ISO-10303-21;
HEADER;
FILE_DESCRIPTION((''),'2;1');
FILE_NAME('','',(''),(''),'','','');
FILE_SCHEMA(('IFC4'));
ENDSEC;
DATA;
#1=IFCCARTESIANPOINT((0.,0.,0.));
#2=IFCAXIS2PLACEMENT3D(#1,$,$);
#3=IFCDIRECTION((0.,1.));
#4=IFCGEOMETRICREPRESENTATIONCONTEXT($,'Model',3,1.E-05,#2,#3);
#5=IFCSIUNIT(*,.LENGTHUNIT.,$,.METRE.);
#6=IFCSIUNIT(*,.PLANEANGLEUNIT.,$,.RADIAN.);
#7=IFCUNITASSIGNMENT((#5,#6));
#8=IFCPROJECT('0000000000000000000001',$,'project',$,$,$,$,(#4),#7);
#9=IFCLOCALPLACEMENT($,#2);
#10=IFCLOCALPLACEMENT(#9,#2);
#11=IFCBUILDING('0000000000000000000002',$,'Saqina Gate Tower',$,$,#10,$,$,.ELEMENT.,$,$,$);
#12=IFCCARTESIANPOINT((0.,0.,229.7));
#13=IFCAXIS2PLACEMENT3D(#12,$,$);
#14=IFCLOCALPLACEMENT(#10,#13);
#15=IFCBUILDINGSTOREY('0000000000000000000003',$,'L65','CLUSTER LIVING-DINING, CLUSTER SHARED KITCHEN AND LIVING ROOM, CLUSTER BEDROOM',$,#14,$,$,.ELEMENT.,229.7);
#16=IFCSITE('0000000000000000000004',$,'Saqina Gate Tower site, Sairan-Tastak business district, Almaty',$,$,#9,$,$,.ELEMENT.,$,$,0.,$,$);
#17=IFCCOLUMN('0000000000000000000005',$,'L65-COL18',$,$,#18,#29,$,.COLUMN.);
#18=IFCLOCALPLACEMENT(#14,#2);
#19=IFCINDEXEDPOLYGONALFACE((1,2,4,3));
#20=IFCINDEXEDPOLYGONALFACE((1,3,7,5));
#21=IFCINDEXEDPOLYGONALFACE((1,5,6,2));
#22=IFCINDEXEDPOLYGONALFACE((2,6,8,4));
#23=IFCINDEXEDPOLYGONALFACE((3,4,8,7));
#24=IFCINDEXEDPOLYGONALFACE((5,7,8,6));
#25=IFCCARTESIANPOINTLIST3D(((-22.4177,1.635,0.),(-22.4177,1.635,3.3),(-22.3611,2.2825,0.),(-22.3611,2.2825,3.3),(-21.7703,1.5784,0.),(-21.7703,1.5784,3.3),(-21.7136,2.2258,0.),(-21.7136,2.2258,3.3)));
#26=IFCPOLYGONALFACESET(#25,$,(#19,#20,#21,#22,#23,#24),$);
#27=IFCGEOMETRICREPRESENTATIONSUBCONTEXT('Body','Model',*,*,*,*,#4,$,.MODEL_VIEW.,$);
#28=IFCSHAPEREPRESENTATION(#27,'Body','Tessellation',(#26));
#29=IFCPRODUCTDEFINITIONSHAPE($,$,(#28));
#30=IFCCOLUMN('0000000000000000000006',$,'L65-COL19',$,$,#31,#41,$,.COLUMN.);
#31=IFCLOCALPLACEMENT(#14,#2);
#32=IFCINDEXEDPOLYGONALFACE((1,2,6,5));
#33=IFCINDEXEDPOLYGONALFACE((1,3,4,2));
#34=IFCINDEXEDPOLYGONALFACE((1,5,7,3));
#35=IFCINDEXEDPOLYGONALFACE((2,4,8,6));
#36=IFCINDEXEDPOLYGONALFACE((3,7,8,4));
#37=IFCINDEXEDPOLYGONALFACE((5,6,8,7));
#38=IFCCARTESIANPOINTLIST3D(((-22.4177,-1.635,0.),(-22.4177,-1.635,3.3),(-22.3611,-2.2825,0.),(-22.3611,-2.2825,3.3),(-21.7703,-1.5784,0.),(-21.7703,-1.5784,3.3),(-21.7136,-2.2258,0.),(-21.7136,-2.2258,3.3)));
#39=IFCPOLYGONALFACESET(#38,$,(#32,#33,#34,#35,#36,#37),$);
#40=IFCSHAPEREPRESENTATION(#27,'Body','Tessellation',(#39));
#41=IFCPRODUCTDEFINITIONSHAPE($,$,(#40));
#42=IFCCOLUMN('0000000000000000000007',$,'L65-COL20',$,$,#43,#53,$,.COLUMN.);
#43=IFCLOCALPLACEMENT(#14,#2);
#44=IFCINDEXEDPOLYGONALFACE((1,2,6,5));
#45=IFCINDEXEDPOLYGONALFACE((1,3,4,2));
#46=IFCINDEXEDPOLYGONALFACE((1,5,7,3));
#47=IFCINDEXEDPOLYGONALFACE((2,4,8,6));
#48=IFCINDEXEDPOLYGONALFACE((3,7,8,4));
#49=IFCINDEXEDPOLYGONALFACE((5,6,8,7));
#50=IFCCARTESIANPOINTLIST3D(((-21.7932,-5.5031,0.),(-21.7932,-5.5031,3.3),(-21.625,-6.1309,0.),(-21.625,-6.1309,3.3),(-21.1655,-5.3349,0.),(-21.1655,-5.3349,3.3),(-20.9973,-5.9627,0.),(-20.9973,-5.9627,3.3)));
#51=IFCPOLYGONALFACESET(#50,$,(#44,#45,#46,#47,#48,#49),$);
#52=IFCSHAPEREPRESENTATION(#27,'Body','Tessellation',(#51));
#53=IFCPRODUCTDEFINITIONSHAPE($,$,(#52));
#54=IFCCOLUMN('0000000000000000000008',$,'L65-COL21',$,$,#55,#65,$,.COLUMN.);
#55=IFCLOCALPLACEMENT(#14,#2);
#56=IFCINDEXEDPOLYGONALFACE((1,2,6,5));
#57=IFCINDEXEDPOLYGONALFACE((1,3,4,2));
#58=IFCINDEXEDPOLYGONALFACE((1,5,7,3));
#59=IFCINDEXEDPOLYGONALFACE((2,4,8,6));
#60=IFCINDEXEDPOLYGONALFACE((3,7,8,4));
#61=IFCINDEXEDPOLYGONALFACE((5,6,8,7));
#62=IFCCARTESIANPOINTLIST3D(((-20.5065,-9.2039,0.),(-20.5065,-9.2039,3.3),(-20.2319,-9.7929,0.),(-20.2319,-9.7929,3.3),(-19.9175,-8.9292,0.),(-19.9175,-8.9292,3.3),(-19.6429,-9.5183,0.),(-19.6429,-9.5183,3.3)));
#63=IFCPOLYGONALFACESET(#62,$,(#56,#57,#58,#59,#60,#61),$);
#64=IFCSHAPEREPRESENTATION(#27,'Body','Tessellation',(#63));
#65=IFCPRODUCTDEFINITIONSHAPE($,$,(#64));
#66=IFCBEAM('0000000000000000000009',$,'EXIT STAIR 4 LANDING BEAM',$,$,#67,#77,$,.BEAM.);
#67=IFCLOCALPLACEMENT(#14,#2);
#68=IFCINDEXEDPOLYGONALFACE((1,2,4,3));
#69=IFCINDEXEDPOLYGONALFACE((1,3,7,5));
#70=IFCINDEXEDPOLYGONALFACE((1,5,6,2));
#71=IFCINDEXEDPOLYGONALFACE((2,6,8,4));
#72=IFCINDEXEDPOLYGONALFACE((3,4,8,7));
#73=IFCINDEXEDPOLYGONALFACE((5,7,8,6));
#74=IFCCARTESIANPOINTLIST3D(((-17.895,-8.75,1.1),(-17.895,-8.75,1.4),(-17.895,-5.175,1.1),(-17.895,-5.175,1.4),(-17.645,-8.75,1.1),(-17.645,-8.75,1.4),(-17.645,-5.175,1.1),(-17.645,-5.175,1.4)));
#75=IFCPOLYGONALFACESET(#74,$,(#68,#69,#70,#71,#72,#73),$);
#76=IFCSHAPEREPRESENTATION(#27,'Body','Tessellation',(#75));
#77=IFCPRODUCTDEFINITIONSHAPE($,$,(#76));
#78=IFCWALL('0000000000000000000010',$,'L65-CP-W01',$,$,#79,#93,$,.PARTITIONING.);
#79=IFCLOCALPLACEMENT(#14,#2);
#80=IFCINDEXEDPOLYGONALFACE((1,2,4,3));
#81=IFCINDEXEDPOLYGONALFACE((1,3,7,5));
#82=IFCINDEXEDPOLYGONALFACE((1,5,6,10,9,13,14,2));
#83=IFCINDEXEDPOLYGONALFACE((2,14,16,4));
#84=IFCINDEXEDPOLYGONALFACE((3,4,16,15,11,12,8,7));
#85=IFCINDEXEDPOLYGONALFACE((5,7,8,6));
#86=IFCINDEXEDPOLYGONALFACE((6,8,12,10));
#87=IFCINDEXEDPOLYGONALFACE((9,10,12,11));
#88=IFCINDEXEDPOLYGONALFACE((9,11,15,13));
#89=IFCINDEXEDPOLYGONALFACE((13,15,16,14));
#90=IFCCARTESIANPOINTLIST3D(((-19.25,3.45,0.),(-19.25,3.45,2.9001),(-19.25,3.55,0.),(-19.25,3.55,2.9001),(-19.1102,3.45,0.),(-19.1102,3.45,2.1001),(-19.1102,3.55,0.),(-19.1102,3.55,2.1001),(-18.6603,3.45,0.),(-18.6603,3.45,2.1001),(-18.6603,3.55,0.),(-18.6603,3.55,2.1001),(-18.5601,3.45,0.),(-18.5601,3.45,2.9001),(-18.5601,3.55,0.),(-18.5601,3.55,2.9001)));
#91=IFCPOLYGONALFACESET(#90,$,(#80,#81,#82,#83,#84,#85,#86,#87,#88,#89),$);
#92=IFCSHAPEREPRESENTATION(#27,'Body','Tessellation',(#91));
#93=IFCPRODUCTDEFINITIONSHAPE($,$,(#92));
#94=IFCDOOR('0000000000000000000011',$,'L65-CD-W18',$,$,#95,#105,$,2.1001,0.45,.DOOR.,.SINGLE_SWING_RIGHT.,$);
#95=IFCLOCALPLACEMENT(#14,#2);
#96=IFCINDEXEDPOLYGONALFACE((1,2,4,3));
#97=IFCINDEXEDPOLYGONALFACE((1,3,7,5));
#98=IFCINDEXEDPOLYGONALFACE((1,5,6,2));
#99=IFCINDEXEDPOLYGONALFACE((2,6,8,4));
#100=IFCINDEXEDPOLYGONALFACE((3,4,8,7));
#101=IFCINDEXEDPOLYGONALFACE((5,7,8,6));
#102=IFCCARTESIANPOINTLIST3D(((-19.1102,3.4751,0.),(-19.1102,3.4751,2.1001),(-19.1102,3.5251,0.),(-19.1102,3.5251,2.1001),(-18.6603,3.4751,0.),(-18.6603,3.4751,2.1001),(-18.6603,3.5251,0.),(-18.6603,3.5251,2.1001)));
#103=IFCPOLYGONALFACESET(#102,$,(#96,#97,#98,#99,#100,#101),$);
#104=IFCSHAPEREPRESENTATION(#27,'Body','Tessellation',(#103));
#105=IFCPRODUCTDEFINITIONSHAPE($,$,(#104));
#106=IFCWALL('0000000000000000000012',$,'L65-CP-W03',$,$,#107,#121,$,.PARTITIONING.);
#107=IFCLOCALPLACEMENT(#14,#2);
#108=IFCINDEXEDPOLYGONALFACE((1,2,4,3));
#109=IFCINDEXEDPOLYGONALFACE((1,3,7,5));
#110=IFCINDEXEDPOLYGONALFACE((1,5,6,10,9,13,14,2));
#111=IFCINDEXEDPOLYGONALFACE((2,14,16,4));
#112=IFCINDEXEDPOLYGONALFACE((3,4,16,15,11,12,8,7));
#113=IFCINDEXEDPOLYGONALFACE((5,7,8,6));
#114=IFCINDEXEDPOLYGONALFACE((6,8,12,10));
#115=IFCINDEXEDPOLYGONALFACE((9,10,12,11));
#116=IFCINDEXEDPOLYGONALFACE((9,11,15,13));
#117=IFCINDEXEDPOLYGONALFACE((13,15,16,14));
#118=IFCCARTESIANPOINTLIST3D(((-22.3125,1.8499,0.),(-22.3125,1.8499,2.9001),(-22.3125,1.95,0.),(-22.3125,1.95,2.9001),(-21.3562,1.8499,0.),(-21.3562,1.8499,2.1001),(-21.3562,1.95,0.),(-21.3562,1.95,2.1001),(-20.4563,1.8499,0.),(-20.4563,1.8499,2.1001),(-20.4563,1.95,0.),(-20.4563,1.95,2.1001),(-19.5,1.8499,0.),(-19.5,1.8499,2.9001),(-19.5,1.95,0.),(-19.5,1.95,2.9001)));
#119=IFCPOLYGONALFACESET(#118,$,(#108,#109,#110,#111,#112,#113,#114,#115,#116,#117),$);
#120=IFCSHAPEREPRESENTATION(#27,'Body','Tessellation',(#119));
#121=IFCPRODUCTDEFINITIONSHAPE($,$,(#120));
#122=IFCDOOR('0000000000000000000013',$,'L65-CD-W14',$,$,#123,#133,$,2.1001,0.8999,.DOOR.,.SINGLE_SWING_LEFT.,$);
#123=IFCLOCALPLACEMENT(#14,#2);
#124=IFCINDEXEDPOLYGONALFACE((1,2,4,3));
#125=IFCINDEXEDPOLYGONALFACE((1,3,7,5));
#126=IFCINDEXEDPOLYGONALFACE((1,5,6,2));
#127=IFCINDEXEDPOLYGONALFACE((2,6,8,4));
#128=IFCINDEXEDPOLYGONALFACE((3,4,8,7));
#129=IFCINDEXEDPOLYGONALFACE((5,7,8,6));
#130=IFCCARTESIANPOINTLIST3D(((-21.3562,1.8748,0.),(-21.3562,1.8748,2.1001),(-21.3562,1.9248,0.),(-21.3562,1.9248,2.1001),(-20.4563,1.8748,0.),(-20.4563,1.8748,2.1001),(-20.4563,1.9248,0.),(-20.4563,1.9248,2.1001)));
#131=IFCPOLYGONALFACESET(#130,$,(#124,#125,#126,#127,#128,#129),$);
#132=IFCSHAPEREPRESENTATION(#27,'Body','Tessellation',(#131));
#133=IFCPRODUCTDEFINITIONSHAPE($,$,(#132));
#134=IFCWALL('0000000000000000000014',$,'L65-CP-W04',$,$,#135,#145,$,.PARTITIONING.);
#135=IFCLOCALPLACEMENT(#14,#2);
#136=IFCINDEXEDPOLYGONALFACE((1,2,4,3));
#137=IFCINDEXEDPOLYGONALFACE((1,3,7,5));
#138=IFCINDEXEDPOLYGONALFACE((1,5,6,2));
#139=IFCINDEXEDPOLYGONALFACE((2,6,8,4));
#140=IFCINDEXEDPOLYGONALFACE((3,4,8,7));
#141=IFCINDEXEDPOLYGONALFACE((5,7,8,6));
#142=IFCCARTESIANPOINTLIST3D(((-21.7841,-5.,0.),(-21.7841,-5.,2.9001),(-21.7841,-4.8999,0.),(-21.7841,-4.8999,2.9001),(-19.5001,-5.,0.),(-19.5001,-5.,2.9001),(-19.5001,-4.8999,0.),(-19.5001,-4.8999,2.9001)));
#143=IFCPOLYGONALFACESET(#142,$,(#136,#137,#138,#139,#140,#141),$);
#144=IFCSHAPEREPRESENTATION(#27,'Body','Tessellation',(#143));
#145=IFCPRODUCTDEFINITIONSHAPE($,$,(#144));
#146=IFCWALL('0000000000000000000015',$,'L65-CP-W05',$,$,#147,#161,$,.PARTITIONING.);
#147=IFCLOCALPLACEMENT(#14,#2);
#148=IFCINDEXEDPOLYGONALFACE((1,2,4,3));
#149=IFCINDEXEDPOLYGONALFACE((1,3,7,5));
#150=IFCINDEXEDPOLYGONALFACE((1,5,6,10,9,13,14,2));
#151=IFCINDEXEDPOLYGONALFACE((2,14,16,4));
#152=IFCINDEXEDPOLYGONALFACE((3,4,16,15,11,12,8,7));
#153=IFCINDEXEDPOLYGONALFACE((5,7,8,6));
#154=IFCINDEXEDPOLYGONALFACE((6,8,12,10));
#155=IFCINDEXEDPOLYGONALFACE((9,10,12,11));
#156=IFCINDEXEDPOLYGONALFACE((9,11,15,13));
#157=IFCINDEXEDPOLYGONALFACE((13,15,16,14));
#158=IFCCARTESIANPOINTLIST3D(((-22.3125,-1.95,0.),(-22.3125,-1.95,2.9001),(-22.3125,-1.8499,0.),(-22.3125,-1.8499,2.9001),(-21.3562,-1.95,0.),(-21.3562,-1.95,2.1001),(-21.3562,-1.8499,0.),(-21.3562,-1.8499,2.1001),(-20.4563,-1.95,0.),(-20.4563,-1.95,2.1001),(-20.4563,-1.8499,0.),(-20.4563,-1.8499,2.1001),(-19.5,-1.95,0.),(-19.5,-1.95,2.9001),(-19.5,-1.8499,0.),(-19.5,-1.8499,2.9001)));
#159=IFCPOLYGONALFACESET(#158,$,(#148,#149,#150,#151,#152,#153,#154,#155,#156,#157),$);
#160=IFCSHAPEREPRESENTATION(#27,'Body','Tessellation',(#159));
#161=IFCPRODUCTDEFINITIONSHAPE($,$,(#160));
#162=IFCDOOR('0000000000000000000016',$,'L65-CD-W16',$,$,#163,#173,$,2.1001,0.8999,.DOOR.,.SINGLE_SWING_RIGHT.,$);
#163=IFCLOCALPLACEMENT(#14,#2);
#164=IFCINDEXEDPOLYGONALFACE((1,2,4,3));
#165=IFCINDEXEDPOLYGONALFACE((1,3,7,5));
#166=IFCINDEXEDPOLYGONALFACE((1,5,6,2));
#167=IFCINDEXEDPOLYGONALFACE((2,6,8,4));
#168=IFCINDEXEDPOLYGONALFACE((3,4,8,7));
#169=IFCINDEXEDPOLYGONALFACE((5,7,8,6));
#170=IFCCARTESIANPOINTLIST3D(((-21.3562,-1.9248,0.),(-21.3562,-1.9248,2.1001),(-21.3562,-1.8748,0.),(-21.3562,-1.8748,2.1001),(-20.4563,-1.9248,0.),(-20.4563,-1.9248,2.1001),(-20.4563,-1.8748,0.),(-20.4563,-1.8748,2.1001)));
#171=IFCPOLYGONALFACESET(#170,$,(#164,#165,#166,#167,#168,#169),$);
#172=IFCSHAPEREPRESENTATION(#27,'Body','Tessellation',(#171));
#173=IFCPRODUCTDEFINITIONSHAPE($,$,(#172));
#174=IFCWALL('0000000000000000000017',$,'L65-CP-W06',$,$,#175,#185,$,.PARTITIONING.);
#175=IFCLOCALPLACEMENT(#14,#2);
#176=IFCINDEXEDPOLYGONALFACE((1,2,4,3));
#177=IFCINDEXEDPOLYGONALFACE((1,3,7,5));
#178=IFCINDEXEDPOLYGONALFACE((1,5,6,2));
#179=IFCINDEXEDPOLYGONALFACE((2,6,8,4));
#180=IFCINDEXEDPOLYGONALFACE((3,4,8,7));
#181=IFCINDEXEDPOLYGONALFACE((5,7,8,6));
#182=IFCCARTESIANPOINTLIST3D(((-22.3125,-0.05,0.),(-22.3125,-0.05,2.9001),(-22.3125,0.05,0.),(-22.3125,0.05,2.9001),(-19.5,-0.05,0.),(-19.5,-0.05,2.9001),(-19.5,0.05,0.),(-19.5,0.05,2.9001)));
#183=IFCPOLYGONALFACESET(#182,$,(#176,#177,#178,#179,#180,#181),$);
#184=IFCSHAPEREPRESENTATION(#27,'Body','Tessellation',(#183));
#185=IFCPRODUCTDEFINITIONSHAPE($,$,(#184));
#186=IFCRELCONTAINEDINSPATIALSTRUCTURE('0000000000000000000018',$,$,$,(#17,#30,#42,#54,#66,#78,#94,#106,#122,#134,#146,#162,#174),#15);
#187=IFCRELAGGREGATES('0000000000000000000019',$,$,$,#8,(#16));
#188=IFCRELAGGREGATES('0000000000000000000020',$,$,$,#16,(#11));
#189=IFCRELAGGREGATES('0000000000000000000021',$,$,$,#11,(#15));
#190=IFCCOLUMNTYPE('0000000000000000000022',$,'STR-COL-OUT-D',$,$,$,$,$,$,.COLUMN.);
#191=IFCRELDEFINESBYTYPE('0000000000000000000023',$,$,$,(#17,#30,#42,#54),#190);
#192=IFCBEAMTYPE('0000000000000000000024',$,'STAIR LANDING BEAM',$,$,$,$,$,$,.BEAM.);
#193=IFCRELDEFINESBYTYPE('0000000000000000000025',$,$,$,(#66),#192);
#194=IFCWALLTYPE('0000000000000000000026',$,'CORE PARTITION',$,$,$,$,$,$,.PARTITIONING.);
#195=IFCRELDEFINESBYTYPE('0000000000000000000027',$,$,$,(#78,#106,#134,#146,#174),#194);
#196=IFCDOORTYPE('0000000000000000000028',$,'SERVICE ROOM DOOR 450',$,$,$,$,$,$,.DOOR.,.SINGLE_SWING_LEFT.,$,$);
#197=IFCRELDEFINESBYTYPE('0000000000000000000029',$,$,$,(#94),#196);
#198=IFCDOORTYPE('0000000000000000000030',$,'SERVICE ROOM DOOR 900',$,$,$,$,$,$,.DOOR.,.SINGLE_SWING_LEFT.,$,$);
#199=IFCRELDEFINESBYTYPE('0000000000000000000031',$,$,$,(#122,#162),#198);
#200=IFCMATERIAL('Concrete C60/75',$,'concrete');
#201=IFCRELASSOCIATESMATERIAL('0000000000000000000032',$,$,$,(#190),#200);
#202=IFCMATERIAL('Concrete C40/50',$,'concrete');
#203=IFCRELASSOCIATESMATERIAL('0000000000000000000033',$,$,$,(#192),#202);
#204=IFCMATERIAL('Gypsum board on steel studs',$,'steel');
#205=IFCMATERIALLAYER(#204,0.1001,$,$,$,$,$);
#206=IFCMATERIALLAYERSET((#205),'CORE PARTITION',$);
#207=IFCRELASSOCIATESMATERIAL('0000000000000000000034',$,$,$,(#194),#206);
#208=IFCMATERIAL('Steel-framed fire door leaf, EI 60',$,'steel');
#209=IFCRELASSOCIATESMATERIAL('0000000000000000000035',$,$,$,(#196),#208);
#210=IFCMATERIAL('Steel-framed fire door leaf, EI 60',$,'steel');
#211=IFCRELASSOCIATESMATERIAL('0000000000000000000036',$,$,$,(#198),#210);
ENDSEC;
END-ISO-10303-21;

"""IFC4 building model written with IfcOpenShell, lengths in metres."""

from ifc_helpers import new_model, si_unit, direction, frame, frame_2d, origin, origin_2d, place, context, subcontext, project, spatial, rectangle, extrude, material, layer, layer_set, material_profile, profile_set, type_object, element, fill, save


model = new_model("IFC4")

# Units and contexts
model_context = context("Model", 3, precision=1e-05, world=origin(), true_north=direction((0.0, 1.0)))
body_context = subcontext(model_context, "Body", "Model", "MODEL_VIEW")
ifc_project = project(units=[si_unit("LENGTHUNIT", "METRE"), si_unit("PLANEANGLEUNIT", "RADIAN")], contexts=[model_context])

# Site, building, storey
site_placement = place(None, origin())
site = spatial("IfcSite", under=ifc_project, at=site_placement, Name="Saqina Gate Tower site, Sairan-Tastak business district, Almaty", CompositionType="ELEMENT", RefElevation=0.0)
building_placement = place(site_placement, origin())
building = spatial("IfcBuilding", under=site, at=building_placement, Name="Saqina Gate Tower", CompositionType="ELEMENT")
storey_placement = place(building_placement, frame((0.0, 0.0, 229.7)))
storey = spatial("IfcBuildingStorey", under=building, at=storey_placement, Name="L65", Description="CLUSTER LIVING-DINING, CLUSTER SHARED KITCHEN AND LIVING ROOM, CLUSTER BEDROOM", CompositionType="ELEMENT", Elevation=229.7)

# Columns
ifc_material_1 = material(Name="Concrete C60/75", Category="concrete")
ifc_material_profile_1 = material_profile(ifc_material_1, rectangle(XDim=0.6499, YDim=0.6499, at=origin_2d()), Name="RC 650x650")
ifc_profile_set_1 = profile_set([ifc_material_profile_1], Name="Concrete C60/75")
column_type = type_object("IfcColumnType", Name="STR-COL-OUT-D", PredefinedType="COLUMN", material=ifc_profile_set_1)
for number, where, z_axis, x_axis, name in (
    (1, (-22.0657, 1.9304, 0.0), (0.0, 0.0, 1.0), (-0.996195, 0.087156, 0.0), "L65-COL18"),
    (2, (-22.0657, -1.9304, 0.0), (0.0, 0.0, 1.0), (-0.996195, -0.087156, 0.0), "L65-COL19"),
    (3, (-21.3953, -5.7329, 0.0), (0.0, 0.0, 1.0), (-0.965926, -0.258819, 0.0), "L65-COL20"),
    (4, (-20.0747, -9.3611, 0.0), (0.0, 0.0, 1.0), (-0.906308, -0.422618, 0.0), "L65-COL21"),
):
    element("IfcColumn", number, at=place(storey_placement, frame(where, z_axis=z_axis, x_axis=x_axis)), inside=storey, type_object=column_type, Name=name, PredefinedType="COLUMN", context=body_context, shape_type="SweptSolid", body=[
        extrude(rectangle(XDim=0.6499, YDim=0.6499, at=origin_2d()), origin(), (0.0, 0.0, 1.0), 3.3),
    ])

# Beam
ifc_material_2 = material(Name="Concrete C40/50", Category="concrete")
ifc_material_profile_2 = material_profile(ifc_material_2, rectangle(XDim=0.25, YDim=0.3, at=origin_2d()), Name="STAIR LANDING BEAM")
ifc_profile_set_2 = profile_set([ifc_material_profile_2], Name="Concrete C40/50")
beam_type = type_object("IfcBeamType", Name="STAIR LANDING BEAM", PredefinedType="BEAM", material=ifc_profile_set_2)
beam_placement = place(storey_placement, frame((-17.77, -8.75, 1.25), z_axis=(0.0, 1.0, 0.0), x_axis=(-1.0, 0.0, 0.0)))
element("IfcBeam", 5, at=beam_placement, inside=storey, type_object=beam_type, Name="EXIT STAIR 4 LANDING BEAM", PredefinedType="BEAM", context=body_context, shape_type="SweptSolid", body=[
    extrude(rectangle(XDim=0.25, YDim=0.3, at=origin_2d()), origin(), (0.0, 0.0, 1.0), 3.575),
])

# Walls, openings, doors
ifc_material_3 = material(Name="Gypsum board on steel studs", Category="steel")
ifc_layer_1 = layer(ifc_material_3, 0.1001)
ifc_layer_set_1 = layer_set([ifc_layer_1], Name="CORE PARTITION")
wall_type_1 = type_object("IfcWallType", Name="CORE PARTITION", PredefinedType="PARTITIONING", material=ifc_layer_set_1)
wall_1_placement = place(storey_placement, frame((-18.5601, 3.5, 0.0), z_axis=(0.0, 0.0, 1.0), x_axis=(-1.0, 0.0, 0.0)))
wall_1 = element("IfcWall", 6, at=wall_1_placement, inside=storey, type_object=wall_type_1, Name="L65-CP-W01", PredefinedType="PARTITIONING", context=body_context, shape_type="SweptSolid", body=[
    extrude(rectangle(XDim=0.6899, YDim=0.1001, at=frame_2d((0.345, 0.0))), origin(), (0.0, 0.0, 1.0), 2.9001),
])
opening_1_placement = place(wall_1_placement, frame((0.1001, 0.0, 0.0)))
opening_1 = element("IfcOpeningElement", 7, at=opening_1_placement, cuts=wall_1, PredefinedType="OPENING", context=body_context, shape_type="SweptSolid", body=[
    extrude(rectangle(XDim=0.45, YDim=2.1001, at=frame_2d((0.2251, 1.05))), frame((0.0, 0.062, 0.0), z_axis=(0.0, -1.0, 0.0), x_axis=(1.0, 0.0, 0.0)), (0.0, 0.0, 1.0), 0.124),
])
ifc_material_4 = material(Name="Steel-framed fire door leaf, EI 60", Category="steel")
door_type_1 = type_object("IfcDoorType", Name="SERVICE ROOM DOOR 450", OperationType="SINGLE_SWING_LEFT", PredefinedType="DOOR", material=ifc_material_4)
door_1_placement = place(opening_1_placement, origin())
door_1 = element("IfcDoor", 8, at=door_1_placement, inside=storey, type_object=door_type_1, Name="L65-CD-W18", OperationType="SINGLE_SWING_RIGHT", OverallHeight=2.1001, OverallWidth=0.45, PredefinedType="DOOR", context=body_context, shape_type="SweptSolid", body=[
    extrude(rectangle(XDim=0.45, YDim=2.1001, at=frame_2d((0.2251, 1.05))), frame((0.0, 0.0249, 0.0), z_axis=(0.0, -1.0, 0.0), x_axis=(1.0, 0.0, 0.0)), (0.0, 0.0, 1.0), 0.05),
])
fill(opening_1, door_1)
wall_2_placement = place(storey_placement, frame((-19.5, 1.8999, 0.0), z_axis=(0.0, 0.0, 1.0), x_axis=(-1.0, 0.0, 0.0)))
wall_2 = element("IfcWall", 9, at=wall_2_placement, inside=storey, type_object=wall_type_1, Name="L65-CP-W03", PredefinedType="PARTITIONING", context=body_context, shape_type="SweptSolid", body=[
    extrude(rectangle(XDim=2.8125, YDim=0.1001, at=frame_2d((1.4062, 0.0))), origin(), (0.0, 0.0, 1.0), 2.9001),
])
opening_2_placement = place(wall_2_placement, frame((0.9563, 0.0, 0.0)))
opening_2 = element("IfcOpeningElement", 10, at=opening_2_placement, cuts=wall_2, PredefinedType="OPENING", context=body_context, shape_type="SweptSolid", body=[
    extrude(rectangle(XDim=0.8999, YDim=2.1001, at=frame_2d((0.45, 1.05))), frame((0.0, 0.062, 0.0), z_axis=(0.0, -1.0, 0.0), x_axis=(1.0, 0.0, 0.0)), (0.0, 0.0, 1.0), 0.124),
])
ifc_material_5 = material(Name="Steel-framed fire door leaf, EI 60", Category="steel")
door_type_2 = type_object("IfcDoorType", Name="SERVICE ROOM DOOR 900", OperationType="SINGLE_SWING_LEFT", PredefinedType="DOOR", material=ifc_material_5)
door_2_placement = place(opening_2_placement, frame((0.8999, 0.0, 0.0), z_axis=(0.0, 0.0, 1.0), x_axis=(-1.0, 0.0, 0.0)))
door_2 = element("IfcDoor", 11, at=door_2_placement, inside=storey, type_object=door_type_2, Name="L65-CD-W14", OperationType="SINGLE_SWING_LEFT", OverallHeight=2.1001, OverallWidth=0.8999, PredefinedType="DOOR", context=body_context, shape_type="SweptSolid", body=[
    extrude(rectangle(XDim=0.8999, YDim=2.1001, at=frame_2d((0.45, 1.05))), frame((0.0, 0.0249, 0.0), z_axis=(0.0, -1.0, 0.0), x_axis=(1.0, 0.0, 0.0)), (0.0, 0.0, 1.0), 0.05),
])
fill(opening_2, door_2)

# Wall
wall_3_placement = place(storey_placement, frame((-19.5, -4.95, 0.0), z_axis=(0.0, 0.0, 1.0), x_axis=(-1.0, 0.0, 0.0)))
element("IfcWall", 12, at=wall_3_placement, inside=storey, type_object=wall_type_1, Name="L65-CP-W04", PredefinedType="PARTITIONING", context=body_context, shape_type="SweptSolid", body=[
    extrude(rectangle(XDim=2.2839, YDim=0.1001, at=frame_2d((1.1421, 0.0))), origin(), (0.0, 0.0, 1.0), 2.9001),
])

# Wall, opening, door
wall_4_placement = place(storey_placement, frame((-19.5, -1.8999, 0.0), z_axis=(0.0, 0.0, 1.0), x_axis=(-1.0, 0.0, 0.0)))
wall_4 = element("IfcWall", 13, at=wall_4_placement, inside=storey, type_object=wall_type_1, Name="L65-CP-W05", PredefinedType="PARTITIONING", context=body_context, shape_type="SweptSolid", body=[
    extrude(rectangle(XDim=2.8125, YDim=0.1001, at=frame_2d((1.4062, 0.0))), origin(), (0.0, 0.0, 1.0), 2.9001),
])
opening_3_placement = place(wall_4_placement, frame((0.9563, 0.0, 0.0)))
opening_3 = element("IfcOpeningElement", 14, at=opening_3_placement, cuts=wall_4, PredefinedType="OPENING", context=body_context, shape_type="SweptSolid", body=[
    extrude(rectangle(XDim=0.8999, YDim=2.1001, at=frame_2d((0.45, 1.05))), frame((0.0, 0.062, 0.0), z_axis=(0.0, -1.0, 0.0), x_axis=(1.0, 0.0, 0.0)), (0.0, 0.0, 1.0), 0.124),
])
door_3_placement = place(opening_3_placement, origin())
door_3 = element("IfcDoor", 15, at=door_3_placement, inside=storey, type_object=door_type_2, Name="L65-CD-W16", OperationType="SINGLE_SWING_RIGHT", OverallHeight=2.1001, OverallWidth=0.8999, PredefinedType="DOOR", context=body_context, shape_type="SweptSolid", body=[
    extrude(rectangle(XDim=0.8999, YDim=2.1001, at=frame_2d((0.45, 1.05))), frame((0.0, 0.0249, 0.0), z_axis=(0.0, -1.0, 0.0), x_axis=(1.0, 0.0, 0.0)), (0.0, 0.0, 1.0), 0.05),
])
fill(opening_3, door_3)

# Wall
wall_5_placement = place(storey_placement, frame((-19.5, 0.0, 0.0), z_axis=(0.0, 0.0, 1.0), x_axis=(-1.0, 0.0, 0.0)))
element("IfcWall", 16, at=wall_5_placement, inside=storey, type_object=wall_type_1, Name="L65-CP-W06", PredefinedType="PARTITIONING", context=body_context, shape_type="SweptSolid", body=[
    extrude(rectangle(XDim=2.8125, YDim=0.1001, at=frame_2d((1.4062, 0.0))), origin(), (0.0, 0.0, 1.0), 2.9001),
])

save(model, "model.ifc")
